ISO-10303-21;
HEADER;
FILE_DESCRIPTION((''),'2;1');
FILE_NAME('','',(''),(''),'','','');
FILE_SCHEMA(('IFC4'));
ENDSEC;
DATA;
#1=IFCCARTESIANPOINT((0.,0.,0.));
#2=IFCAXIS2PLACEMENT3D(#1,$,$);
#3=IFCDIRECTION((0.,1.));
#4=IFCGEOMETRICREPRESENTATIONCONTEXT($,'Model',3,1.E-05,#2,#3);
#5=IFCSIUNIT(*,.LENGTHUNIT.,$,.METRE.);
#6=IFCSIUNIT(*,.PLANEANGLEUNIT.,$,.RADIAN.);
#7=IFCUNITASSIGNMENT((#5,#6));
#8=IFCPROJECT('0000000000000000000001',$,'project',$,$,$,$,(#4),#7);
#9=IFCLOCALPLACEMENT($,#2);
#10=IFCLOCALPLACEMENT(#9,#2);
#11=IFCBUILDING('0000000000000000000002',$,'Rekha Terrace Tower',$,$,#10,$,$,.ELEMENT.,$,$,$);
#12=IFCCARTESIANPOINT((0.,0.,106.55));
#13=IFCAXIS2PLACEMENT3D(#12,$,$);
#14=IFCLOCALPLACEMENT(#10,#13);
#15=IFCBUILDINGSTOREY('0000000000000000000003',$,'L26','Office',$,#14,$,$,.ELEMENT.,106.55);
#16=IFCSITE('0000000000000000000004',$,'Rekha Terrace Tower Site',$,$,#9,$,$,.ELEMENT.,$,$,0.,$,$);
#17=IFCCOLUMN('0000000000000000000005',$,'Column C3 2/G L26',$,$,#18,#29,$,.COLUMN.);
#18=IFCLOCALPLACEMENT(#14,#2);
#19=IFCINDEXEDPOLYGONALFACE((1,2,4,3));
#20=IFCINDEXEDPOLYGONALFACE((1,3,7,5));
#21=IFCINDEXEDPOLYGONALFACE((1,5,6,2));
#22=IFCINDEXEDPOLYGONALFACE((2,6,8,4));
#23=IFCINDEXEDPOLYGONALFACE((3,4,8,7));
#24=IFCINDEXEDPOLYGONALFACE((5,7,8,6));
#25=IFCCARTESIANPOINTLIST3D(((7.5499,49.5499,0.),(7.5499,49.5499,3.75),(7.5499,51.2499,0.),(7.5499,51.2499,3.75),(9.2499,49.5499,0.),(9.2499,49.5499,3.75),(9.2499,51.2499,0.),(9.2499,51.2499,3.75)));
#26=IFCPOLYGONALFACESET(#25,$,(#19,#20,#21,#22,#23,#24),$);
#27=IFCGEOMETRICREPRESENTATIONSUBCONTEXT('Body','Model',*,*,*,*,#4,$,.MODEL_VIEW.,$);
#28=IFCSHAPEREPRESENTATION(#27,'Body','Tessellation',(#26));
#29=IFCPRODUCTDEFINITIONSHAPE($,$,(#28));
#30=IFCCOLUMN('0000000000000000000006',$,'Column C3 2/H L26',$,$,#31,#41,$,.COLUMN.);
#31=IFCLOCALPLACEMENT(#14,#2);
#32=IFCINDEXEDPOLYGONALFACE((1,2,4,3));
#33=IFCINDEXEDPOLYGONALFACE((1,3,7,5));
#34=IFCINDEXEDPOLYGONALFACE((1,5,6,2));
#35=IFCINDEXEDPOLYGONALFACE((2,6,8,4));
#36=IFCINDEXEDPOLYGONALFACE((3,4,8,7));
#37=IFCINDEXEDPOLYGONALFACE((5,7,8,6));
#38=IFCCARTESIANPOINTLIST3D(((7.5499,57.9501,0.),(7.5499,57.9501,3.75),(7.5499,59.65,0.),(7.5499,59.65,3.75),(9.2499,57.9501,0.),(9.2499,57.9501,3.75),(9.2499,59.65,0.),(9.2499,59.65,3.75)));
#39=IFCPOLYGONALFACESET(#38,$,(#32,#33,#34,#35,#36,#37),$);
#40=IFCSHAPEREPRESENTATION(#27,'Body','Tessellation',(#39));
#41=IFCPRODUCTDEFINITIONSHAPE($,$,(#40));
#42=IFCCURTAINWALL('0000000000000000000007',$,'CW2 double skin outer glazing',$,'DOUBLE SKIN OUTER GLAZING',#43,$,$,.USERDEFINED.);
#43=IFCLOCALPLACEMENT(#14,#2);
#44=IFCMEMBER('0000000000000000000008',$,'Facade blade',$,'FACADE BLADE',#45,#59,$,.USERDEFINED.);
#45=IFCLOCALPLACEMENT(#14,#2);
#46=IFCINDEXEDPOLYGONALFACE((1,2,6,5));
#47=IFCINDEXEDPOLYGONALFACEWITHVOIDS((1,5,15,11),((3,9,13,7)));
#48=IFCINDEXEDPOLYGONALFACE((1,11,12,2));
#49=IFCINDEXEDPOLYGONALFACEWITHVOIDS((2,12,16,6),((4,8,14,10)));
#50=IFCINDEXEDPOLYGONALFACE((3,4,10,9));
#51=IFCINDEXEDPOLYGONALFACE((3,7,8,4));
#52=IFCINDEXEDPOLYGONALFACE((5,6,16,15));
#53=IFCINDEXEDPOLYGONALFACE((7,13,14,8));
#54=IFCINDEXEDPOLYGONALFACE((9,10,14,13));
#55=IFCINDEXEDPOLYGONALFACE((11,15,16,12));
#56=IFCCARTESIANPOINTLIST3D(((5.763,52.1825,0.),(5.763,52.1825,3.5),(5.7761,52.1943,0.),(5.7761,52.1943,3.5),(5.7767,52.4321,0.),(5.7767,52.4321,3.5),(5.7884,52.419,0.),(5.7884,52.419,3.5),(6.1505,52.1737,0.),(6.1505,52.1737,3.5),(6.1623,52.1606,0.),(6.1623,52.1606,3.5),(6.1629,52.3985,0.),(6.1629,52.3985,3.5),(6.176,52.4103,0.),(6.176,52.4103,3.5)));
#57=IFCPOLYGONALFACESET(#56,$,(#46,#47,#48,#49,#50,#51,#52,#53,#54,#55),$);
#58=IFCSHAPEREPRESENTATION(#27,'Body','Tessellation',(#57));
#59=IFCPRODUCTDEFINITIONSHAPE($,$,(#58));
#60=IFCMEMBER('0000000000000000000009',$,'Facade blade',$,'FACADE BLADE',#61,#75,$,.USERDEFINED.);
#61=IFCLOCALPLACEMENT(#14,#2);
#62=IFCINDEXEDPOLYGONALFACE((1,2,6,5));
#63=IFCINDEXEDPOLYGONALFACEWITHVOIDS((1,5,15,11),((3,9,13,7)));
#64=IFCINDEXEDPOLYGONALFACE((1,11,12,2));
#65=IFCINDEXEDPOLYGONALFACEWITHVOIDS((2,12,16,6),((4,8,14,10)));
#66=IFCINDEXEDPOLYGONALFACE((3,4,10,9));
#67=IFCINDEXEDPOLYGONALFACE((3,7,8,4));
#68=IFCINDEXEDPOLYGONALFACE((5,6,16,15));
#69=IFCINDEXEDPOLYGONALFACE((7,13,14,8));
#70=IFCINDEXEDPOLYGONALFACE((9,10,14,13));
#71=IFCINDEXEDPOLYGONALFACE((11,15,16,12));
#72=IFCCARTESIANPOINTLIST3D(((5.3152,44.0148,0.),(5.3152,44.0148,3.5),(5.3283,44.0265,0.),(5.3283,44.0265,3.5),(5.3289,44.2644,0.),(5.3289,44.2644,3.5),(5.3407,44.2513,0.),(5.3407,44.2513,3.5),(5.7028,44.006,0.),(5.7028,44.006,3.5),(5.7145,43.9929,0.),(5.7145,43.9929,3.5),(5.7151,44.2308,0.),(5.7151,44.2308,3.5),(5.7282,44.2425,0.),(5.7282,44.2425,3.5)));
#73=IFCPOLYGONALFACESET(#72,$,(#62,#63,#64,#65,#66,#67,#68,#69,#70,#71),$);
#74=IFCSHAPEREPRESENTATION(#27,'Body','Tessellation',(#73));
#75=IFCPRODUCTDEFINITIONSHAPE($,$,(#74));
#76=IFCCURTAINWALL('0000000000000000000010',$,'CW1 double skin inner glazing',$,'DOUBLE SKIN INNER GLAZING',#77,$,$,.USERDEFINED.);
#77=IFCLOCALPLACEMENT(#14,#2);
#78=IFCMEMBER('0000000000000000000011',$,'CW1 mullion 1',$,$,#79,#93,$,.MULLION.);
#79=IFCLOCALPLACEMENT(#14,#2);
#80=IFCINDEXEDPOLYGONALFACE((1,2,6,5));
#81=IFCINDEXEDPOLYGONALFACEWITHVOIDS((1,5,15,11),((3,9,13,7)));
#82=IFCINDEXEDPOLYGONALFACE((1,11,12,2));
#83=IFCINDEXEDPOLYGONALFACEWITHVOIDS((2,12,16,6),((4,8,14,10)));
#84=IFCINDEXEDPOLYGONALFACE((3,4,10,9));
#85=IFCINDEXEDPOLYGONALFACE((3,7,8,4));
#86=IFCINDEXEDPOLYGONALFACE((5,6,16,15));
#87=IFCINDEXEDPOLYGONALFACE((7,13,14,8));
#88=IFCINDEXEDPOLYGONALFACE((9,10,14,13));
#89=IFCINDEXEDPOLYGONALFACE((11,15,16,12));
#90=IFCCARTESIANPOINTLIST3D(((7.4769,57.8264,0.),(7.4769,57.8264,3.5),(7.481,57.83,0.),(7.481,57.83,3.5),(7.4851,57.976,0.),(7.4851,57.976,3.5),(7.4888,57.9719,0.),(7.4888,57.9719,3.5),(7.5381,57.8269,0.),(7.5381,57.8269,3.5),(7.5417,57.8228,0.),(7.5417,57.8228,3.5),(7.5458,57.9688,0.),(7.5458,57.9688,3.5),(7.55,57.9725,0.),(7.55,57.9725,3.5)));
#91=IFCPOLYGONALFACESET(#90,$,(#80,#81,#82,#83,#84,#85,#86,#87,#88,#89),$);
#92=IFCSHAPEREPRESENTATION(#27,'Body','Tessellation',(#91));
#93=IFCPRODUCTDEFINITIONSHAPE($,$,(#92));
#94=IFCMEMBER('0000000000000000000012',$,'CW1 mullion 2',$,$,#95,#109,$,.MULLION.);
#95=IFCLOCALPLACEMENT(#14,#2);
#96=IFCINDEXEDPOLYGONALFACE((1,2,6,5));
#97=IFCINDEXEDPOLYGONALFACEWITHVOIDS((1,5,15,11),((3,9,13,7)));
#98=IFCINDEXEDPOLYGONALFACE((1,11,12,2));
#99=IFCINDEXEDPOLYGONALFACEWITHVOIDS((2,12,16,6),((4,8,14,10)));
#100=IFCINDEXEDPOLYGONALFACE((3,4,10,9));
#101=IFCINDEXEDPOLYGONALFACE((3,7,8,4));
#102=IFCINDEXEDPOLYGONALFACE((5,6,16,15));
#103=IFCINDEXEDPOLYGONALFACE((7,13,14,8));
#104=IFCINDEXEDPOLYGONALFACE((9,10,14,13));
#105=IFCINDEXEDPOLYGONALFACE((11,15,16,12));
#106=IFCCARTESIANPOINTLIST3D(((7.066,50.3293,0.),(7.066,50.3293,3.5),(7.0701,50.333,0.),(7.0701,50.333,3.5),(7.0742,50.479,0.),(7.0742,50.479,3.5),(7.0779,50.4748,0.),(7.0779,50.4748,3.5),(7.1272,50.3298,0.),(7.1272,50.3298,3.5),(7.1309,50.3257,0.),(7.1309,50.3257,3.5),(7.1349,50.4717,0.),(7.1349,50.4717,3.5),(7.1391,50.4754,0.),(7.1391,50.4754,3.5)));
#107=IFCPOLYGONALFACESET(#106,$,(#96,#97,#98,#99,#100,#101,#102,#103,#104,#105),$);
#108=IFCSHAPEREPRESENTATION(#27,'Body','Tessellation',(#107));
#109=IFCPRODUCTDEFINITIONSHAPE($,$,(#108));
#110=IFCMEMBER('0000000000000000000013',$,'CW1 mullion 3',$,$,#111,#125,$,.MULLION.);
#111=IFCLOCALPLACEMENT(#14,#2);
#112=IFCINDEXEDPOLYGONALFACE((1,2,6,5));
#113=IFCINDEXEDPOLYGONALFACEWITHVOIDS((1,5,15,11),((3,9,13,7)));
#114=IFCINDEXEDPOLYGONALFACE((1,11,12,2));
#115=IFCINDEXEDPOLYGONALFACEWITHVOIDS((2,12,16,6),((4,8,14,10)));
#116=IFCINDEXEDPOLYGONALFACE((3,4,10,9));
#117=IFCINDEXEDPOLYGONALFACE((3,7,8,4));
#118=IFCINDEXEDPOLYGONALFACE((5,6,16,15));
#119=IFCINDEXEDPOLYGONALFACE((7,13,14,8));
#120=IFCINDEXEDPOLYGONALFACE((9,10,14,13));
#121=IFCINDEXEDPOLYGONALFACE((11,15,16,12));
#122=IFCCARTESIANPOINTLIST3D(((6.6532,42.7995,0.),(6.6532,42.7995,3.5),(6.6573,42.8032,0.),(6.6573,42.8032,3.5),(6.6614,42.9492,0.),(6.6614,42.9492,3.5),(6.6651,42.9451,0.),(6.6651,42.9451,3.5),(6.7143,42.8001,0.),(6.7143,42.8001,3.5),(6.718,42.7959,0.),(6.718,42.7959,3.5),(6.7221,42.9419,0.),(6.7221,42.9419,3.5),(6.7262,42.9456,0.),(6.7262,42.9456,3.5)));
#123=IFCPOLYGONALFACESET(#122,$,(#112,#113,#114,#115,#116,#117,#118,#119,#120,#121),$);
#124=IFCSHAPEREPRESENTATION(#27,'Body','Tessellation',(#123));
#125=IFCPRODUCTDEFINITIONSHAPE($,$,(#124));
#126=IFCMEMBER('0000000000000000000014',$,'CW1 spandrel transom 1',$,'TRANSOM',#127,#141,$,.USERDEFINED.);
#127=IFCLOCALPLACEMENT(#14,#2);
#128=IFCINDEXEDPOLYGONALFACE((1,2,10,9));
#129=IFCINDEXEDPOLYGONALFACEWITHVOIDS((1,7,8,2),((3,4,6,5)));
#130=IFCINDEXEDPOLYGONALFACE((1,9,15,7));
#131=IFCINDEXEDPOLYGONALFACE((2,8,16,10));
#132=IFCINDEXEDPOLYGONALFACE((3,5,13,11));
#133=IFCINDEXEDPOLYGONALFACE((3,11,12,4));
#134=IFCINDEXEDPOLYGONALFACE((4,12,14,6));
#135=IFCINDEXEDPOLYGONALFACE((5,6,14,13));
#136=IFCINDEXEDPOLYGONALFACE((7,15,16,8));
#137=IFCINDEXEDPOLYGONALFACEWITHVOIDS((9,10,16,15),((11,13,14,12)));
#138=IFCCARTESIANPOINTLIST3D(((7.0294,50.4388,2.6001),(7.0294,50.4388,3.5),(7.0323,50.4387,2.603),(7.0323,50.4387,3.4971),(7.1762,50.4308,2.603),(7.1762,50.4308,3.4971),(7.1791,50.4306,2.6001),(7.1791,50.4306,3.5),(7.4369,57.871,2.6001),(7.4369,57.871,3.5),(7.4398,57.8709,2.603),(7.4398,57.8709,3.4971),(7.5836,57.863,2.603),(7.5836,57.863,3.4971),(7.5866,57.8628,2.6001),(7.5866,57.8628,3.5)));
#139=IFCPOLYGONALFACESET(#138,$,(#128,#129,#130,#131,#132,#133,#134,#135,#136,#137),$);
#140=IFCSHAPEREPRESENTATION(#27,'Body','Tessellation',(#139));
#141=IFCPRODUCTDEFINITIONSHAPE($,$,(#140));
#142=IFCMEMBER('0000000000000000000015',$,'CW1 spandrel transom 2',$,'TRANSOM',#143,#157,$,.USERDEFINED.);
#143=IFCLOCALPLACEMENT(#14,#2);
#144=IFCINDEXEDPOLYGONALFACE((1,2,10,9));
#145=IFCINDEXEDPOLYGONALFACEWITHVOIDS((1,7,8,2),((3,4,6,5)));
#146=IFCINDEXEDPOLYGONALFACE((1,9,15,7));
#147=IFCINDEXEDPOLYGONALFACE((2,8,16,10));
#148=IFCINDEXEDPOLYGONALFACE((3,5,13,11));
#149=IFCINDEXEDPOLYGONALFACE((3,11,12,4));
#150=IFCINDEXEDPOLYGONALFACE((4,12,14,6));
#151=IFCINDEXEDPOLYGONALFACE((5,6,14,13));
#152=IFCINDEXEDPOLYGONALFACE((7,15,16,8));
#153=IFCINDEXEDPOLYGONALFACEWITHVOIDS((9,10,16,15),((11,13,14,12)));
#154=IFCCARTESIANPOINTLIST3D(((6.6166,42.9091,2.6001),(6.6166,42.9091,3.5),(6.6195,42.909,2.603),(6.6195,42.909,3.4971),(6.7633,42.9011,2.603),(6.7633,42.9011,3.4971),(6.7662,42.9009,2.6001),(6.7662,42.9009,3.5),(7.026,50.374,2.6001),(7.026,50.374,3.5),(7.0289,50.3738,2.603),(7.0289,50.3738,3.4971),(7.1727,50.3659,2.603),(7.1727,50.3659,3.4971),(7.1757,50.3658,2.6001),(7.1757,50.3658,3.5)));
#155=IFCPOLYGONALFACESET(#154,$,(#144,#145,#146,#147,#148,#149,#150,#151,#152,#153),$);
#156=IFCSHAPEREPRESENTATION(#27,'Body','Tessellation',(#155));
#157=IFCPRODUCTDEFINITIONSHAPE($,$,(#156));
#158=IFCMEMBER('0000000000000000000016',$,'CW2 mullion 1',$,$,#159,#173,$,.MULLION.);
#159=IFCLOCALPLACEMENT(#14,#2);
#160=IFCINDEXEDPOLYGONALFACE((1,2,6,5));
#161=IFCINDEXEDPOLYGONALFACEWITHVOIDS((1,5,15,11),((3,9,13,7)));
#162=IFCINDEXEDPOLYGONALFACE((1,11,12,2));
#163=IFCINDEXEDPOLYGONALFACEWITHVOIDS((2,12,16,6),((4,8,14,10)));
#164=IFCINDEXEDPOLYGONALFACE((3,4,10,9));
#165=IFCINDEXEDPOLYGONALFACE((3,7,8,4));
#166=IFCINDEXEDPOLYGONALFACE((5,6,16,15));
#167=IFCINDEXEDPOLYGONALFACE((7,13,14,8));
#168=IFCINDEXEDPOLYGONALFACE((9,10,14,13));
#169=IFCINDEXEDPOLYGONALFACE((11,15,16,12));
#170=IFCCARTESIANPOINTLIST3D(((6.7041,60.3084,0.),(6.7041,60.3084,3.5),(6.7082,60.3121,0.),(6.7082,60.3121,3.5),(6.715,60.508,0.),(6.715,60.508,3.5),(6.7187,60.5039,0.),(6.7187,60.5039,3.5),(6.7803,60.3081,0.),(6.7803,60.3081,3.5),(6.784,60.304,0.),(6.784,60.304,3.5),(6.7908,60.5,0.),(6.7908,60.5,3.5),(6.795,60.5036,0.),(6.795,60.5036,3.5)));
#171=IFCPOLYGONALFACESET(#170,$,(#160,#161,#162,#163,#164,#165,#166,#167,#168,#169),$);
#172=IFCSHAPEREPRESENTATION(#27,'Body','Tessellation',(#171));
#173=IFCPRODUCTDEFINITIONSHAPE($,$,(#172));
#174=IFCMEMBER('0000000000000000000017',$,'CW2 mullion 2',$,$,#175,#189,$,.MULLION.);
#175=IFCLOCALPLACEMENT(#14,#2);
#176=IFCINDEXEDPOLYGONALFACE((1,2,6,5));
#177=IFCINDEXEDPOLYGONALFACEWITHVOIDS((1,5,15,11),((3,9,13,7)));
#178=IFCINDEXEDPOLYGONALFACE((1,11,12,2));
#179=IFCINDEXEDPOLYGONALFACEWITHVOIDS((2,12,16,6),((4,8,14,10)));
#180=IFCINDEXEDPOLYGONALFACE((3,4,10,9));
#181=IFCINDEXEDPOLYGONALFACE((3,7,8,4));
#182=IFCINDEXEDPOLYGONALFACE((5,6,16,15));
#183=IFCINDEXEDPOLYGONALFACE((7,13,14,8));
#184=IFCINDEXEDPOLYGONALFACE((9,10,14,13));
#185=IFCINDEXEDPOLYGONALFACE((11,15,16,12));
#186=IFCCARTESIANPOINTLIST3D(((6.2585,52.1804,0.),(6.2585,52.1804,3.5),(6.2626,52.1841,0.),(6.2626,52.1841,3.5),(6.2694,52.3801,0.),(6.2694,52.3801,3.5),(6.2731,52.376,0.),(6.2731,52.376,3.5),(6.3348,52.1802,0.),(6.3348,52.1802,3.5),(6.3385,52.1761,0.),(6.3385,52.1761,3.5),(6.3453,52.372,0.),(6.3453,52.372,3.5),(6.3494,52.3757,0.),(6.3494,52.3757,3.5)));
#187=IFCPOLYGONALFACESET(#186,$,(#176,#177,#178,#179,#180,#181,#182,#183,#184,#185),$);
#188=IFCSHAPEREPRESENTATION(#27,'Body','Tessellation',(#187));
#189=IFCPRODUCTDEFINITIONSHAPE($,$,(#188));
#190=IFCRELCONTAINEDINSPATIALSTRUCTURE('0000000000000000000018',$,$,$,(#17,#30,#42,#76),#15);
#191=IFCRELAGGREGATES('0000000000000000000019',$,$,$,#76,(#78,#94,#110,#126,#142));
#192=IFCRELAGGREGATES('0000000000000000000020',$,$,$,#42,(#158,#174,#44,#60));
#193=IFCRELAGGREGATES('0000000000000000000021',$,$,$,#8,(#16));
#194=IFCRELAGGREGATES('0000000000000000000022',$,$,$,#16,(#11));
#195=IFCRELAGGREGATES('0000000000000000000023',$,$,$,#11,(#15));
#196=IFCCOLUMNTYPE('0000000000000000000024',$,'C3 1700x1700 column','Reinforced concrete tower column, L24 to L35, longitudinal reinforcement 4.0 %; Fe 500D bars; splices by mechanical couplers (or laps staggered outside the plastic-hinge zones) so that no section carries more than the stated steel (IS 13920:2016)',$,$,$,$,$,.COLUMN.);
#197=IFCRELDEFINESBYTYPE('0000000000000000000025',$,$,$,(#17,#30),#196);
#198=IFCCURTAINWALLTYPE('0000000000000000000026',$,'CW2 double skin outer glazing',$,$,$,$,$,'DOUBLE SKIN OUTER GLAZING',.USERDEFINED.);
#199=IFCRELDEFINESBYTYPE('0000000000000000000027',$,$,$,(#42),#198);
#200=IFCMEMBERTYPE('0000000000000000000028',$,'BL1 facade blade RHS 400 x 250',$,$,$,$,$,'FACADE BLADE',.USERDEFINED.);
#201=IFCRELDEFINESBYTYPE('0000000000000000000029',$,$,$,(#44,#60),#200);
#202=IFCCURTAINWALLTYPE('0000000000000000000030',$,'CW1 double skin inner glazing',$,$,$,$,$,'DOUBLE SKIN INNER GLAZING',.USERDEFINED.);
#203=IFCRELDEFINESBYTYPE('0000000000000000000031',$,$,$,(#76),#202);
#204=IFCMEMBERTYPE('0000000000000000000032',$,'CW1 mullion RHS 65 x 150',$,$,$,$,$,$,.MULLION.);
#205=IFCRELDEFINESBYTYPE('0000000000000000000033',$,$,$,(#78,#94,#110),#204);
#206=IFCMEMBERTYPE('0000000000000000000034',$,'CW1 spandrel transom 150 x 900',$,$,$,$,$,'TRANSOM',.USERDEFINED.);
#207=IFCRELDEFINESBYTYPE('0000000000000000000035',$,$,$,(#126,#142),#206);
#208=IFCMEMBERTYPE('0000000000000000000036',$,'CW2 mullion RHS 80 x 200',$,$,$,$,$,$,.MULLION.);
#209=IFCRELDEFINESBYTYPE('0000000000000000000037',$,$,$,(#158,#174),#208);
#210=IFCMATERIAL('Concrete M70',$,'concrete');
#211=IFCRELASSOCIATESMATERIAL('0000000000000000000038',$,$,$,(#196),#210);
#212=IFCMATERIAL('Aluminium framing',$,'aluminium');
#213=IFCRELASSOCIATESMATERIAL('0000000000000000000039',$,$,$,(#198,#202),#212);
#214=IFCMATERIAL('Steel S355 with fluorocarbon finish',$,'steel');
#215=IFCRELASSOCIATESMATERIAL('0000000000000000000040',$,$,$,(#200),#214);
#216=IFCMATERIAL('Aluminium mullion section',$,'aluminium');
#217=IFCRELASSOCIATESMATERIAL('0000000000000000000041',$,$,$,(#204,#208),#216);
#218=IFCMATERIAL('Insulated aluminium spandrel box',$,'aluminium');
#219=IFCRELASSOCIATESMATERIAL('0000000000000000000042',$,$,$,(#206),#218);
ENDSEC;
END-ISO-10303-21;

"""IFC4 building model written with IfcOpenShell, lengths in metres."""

from ifc_helpers import new_model, si_unit, direction, frame, origin, origin_2d, place, context, subcontext, project, spatial, rectangle, hollow_rectangle, extrude, material, material_profile, profile_set, type_object, element, aggregate, save


model = new_model("IFC4")

# Units and contexts
model_context = context("Model", 3, precision=1e-05, world=origin(), true_north=direction((0.0, 1.0)))
body_context = subcontext(model_context, "Body", "Model", "MODEL_VIEW")
ifc_project = project(units=[si_unit("LENGTHUNIT", "METRE"), si_unit("PLANEANGLEUNIT", "RADIAN")], contexts=[model_context])

# Site, building, storey
site_placement = place(None, origin())
site = spatial("IfcSite", under=ifc_project, at=site_placement, Name="Rekha Terrace Tower Site", CompositionType="ELEMENT", RefElevation=0.0)
building_placement = place(site_placement, origin())
building = spatial("IfcBuilding", under=site, at=building_placement, Name="Rekha Terrace Tower", CompositionType="ELEMENT")
storey_placement = place(building_placement, frame((0.0, 0.0, 106.55)))
storey = spatial("IfcBuildingStorey", under=building, at=storey_placement, Name="L26", Description="Office", CompositionType="ELEMENT", Elevation=106.55)

# Columns
ifc_material_1 = material(Name="Concrete M70", Category="concrete")
ifc_material_profile_1 = material_profile(ifc_material_1, rectangle(XDim=1.7, YDim=1.7, at=origin_2d()), Name="RC 1700x1700")
ifc_profile_set_1 = profile_set([ifc_material_profile_1], Name="Concrete M70")
column_type = type_object("IfcColumnType", Name="C3 1700x1700 column", Description="Reinforced concrete tower column, L24 to L35, longitudinal reinforcement 4.0 %; Fe 500D bars; splices by mechanical couplers (or laps staggered outside the plastic-hinge zones) so that no section carries more than the stated steel (IS 13920:2016)", PredefinedType="COLUMN", material=ifc_profile_set_1)
for number, where, z_axis, x_axis, name in (
    (1, (8.3999, 50.3999, 0.0), (0.0, 0.0, 1.0), (1.0, 0.0, 0.0), "Column C3 2/G L26"),
    (2, (8.3999, 58.8, 0.0), (0.0, 0.0, 1.0), (1.0, 0.0, 0.0), "Column C3 2/H L26"),
):
    element("IfcColumn", number, at=place(storey_placement, frame(where, z_axis=z_axis, x_axis=x_axis)), inside=storey, type_object=column_type, Name=name, PredefinedType="COLUMN", context=body_context, shape_type="SweptSolid", body=[
        extrude(rectangle(XDim=1.7, YDim=1.7, at=origin_2d()), origin(), (0.0, 0.0, 1.0), 3.75),
    ])

# Curtain walls, members
ifc_material_2 = material(Name="Aluminium framing", Category="aluminium")
curtain_wall_type_1 = type_object("IfcCurtainWallType", Name="CW2 double skin outer glazing", ElementType="DOUBLE SKIN OUTER GLAZING", PredefinedType="USERDEFINED", material=ifc_material_2)
curtain_wall_1_placement = place(storey_placement, origin())
curtain_wall_1 = element("IfcCurtainWall", 3, at=curtain_wall_1_placement, inside=storey, type_object=curtain_wall_type_1, Name="CW2 double skin outer glazing", ObjectType="DOUBLE SKIN OUTER GLAZING", PredefinedType="USERDEFINED")
ifc_material_3 = material(Name="Steel S355 with fluorocarbon finish", Category="steel")
ifc_material_profile_2 = material_profile(ifc_material_3, hollow_rectangle(XDim=0.25, YDim=0.3999, WallThickness=0.0125, at=origin_2d()), Name="RHS400x250x12.5")
ifc_profile_set_2 = profile_set([ifc_material_profile_2], Name="Steel S355 with fluorocarbon finish")
member_type_1 = type_object("IfcMemberType", Name="BL1 facade blade RHS 400 x 250", ElementType="FACADE BLADE", PredefinedType="USERDEFINED", material=ifc_profile_set_2)
member_1_placement = place(storey_placement, frame((5.9695, 52.2964, 0.0), z_axis=(0.0, 0.0, 1.0), x_axis=(-0.054743, -0.9985, 0.0)))
member_1 = element("IfcMember", 4, at=member_1_placement, type_object=member_type_1, Name="Facade blade", ObjectType="FACADE BLADE", PredefinedType="USERDEFINED", context=body_context, shape_type="SweptSolid", body=[
    extrude(hollow_rectangle(XDim=0.25, YDim=0.3999, WallThickness=0.0125, at=origin_2d()), origin(), (0.0, 0.0, 1.0), 3.5),
])
member_2_placement = place(storey_placement, frame((5.5217, 44.1287, 0.0), z_axis=(0.0, 0.0, 1.0), x_axis=(-0.054743, -0.9985, 0.0)))
member_2 = element("IfcMember", 5, at=member_2_placement, type_object=member_type_1, Name="Facade blade", ObjectType="FACADE BLADE", PredefinedType="USERDEFINED", context=body_context, shape_type="SweptSolid", body=[
    extrude(hollow_rectangle(XDim=0.25, YDim=0.3999, WallThickness=0.0125, at=origin_2d()), origin(), (0.0, 0.0, 1.0), 3.5),
])
curtain_wall_type_2 = type_object("IfcCurtainWallType", Name="CW1 double skin inner glazing", ElementType="DOUBLE SKIN INNER GLAZING", PredefinedType="USERDEFINED", material=ifc_material_2)
curtain_wall_2_placement = place(storey_placement, origin())
curtain_wall_2 = element("IfcCurtainWall", 6, at=curtain_wall_2_placement, inside=storey, type_object=curtain_wall_type_2, Name="CW1 double skin inner glazing", ObjectType="DOUBLE SKIN INNER GLAZING", PredefinedType="USERDEFINED")
ifc_material_4 = material(Name="Aluminium mullion section", Category="aluminium")
ifc_material_profile_3 = material_profile(ifc_material_4, hollow_rectangle(XDim=0.0649, YDim=0.1499, WallThickness=0.0039, at=origin_2d()), Name="AL RHS 65x150")
ifc_profile_set_3 = profile_set([ifc_material_profile_3], Name="Aluminium mullion section")
member_type_2 = type_object("IfcMemberType", Name="CW1 mullion RHS 65 x 150", PredefinedType="MULLION", material=ifc_profile_set_3)
member_3_placement = place(storey_placement, frame((7.5134, 57.8994, 0.0), z_axis=(0.0, 0.0, 1.0), x_axis=(0.998501, -0.054742, 0.0)))
member_3 = element("IfcMember", 7, at=member_3_placement, type_object=member_type_2, Name="CW1 mullion 1", PredefinedType="MULLION", context=body_context, shape_type="SweptSolid", body=[
    extrude(hollow_rectangle(XDim=0.0649, YDim=0.1499, WallThickness=0.0039, at=origin_2d()), origin(), (0.0, 0.0, 1.0), 3.5),
])
member_4_placement = place(storey_placement, frame((7.1025, 50.4023, 0.0), z_axis=(0.0, 0.0, 1.0), x_axis=(0.998501, -0.054742, 0.0)))
member_4 = element("IfcMember", 8, at=member_4_placement, type_object=member_type_2, Name="CW1 mullion 2", PredefinedType="MULLION", context=body_context, shape_type="SweptSolid", body=[
    extrude(hollow_rectangle(XDim=0.0649, YDim=0.1499, WallThickness=0.0039, at=origin_2d()), origin(), (0.0, 0.0, 1.0), 3.5),
])
member_5_placement = place(storey_placement, frame((6.6897, 42.8726, 0.0), z_axis=(0.0, 0.0, 1.0), x_axis=(0.998501, -0.054742, 0.0)))
member_5 = element("IfcMember", 9, at=member_5_placement, type_object=member_type_2, Name="CW1 mullion 3", PredefinedType="MULLION", context=body_context, shape_type="SweptSolid", body=[
    extrude(hollow_rectangle(XDim=0.0649, YDim=0.1499, WallThickness=0.0039, at=origin_2d()), origin(), (0.0, 0.0, 1.0), 3.5),
])
ifc_material_5 = material(Name="Insulated aluminium spandrel box", Category="aluminium")
ifc_material_profile_4 = material_profile(ifc_material_5, hollow_rectangle(XDim=0.1499, YDim=0.8999, WallThickness=0.0029, at=origin_2d()), Name="AL SPANDREL BOX 150x900")
ifc_profile_set_4 = profile_set([ifc_material_profile_4], Name="Insulated aluminium spandrel box")
member_type_3 = type_object("IfcMemberType", Name="CW1 spandrel transom 150 x 900", ElementType="TRANSOM", PredefinedType="USERDEFINED", material=ifc_profile_set_4)
member_6_placement = place(storey_placement, frame((7.5117, 57.8669, 3.05), z_axis=(-0.054743, -0.9985, 0.0), x_axis=(0.9985, -0.054743, 0.0)))
member_6 = element("IfcMember", 10, at=member_6_placement, type_object=member_type_3, Name="CW1 spandrel transom 1", ObjectType="TRANSOM", PredefinedType="USERDEFINED", context=body_context, shape_type="SweptSolid", body=[
    extrude(hollow_rectangle(XDim=0.1499, YDim=0.8999, WallThickness=0.0029, at=origin_2d()), origin(), (0.0, 0.0, 1.0), 7.4434),
])
member_7_placement = place(storey_placement, frame((7.1008, 50.3699, 3.05), z_axis=(-0.054765, -0.998499, 0.0), x_axis=(0.998499, -0.054765, 0.0)))
member_7 = element("IfcMember", 11, at=member_7_placement, type_object=member_type_3, Name="CW1 spandrel transom 2", ObjectType="TRANSOM", PredefinedType="USERDEFINED", context=body_context, shape_type="SweptSolid", body=[
    extrude(hollow_rectangle(XDim=0.1499, YDim=0.8999, WallThickness=0.0029, at=origin_2d()), origin(), (0.0, 0.0, 1.0), 7.4761),
])

# Members
ifc_material_profile_5 = material_profile(ifc_material_4, hollow_rectangle(XDim=0.0801, YDim=0.2, WallThickness=0.0039, at=origin_2d()), Name="AL RHS 80x200")
ifc_profile_set_5 = profile_set([ifc_material_profile_5], Name="Aluminium mullion section")
member_type_4 = type_object("IfcMemberType", Name="CW2 mullion RHS 80 x 200", PredefinedType="MULLION", material=ifc_profile_set_5)
member_8_placement = place(storey_placement, frame((6.7495, 60.406, 0.0), z_axis=(0.0, 0.0, 1.0), x_axis=(0.998501, -0.054742, 0.0)))
member_8 = element("IfcMember", 12, at=member_8_placement, type_object=member_type_4, Name="CW2 mullion 1", PredefinedType="MULLION", context=body_context, shape_type="SweptSolid", body=[
    extrude(hollow_rectangle(XDim=0.0801, YDim=0.2, WallThickness=0.0039, at=origin_2d()), origin(), (0.0, 0.0, 1.0), 3.5),
])
member_9_placement = place(storey_placement, frame((6.304, 52.2781, 0.0), z_axis=(0.0, 0.0, 1.0), x_axis=(0.998501, -0.054742, 0.0)))
member_9 = element("IfcMember", 13, at=member_9_placement, type_object=member_type_4, Name="CW2 mullion 2", PredefinedType="MULLION", context=body_context, shape_type="SweptSolid", body=[
    extrude(hollow_rectangle(XDim=0.0801, YDim=0.2, WallThickness=0.0039, at=origin_2d()), origin(), (0.0, 0.0, 1.0), 3.5),
])

aggregate(curtain_wall_2, [member_3, member_4, member_5, member_6, member_7])
aggregate(curtain_wall_1, [member_8, member_9, member_1, member_2])

save(model, "model.ifc")
